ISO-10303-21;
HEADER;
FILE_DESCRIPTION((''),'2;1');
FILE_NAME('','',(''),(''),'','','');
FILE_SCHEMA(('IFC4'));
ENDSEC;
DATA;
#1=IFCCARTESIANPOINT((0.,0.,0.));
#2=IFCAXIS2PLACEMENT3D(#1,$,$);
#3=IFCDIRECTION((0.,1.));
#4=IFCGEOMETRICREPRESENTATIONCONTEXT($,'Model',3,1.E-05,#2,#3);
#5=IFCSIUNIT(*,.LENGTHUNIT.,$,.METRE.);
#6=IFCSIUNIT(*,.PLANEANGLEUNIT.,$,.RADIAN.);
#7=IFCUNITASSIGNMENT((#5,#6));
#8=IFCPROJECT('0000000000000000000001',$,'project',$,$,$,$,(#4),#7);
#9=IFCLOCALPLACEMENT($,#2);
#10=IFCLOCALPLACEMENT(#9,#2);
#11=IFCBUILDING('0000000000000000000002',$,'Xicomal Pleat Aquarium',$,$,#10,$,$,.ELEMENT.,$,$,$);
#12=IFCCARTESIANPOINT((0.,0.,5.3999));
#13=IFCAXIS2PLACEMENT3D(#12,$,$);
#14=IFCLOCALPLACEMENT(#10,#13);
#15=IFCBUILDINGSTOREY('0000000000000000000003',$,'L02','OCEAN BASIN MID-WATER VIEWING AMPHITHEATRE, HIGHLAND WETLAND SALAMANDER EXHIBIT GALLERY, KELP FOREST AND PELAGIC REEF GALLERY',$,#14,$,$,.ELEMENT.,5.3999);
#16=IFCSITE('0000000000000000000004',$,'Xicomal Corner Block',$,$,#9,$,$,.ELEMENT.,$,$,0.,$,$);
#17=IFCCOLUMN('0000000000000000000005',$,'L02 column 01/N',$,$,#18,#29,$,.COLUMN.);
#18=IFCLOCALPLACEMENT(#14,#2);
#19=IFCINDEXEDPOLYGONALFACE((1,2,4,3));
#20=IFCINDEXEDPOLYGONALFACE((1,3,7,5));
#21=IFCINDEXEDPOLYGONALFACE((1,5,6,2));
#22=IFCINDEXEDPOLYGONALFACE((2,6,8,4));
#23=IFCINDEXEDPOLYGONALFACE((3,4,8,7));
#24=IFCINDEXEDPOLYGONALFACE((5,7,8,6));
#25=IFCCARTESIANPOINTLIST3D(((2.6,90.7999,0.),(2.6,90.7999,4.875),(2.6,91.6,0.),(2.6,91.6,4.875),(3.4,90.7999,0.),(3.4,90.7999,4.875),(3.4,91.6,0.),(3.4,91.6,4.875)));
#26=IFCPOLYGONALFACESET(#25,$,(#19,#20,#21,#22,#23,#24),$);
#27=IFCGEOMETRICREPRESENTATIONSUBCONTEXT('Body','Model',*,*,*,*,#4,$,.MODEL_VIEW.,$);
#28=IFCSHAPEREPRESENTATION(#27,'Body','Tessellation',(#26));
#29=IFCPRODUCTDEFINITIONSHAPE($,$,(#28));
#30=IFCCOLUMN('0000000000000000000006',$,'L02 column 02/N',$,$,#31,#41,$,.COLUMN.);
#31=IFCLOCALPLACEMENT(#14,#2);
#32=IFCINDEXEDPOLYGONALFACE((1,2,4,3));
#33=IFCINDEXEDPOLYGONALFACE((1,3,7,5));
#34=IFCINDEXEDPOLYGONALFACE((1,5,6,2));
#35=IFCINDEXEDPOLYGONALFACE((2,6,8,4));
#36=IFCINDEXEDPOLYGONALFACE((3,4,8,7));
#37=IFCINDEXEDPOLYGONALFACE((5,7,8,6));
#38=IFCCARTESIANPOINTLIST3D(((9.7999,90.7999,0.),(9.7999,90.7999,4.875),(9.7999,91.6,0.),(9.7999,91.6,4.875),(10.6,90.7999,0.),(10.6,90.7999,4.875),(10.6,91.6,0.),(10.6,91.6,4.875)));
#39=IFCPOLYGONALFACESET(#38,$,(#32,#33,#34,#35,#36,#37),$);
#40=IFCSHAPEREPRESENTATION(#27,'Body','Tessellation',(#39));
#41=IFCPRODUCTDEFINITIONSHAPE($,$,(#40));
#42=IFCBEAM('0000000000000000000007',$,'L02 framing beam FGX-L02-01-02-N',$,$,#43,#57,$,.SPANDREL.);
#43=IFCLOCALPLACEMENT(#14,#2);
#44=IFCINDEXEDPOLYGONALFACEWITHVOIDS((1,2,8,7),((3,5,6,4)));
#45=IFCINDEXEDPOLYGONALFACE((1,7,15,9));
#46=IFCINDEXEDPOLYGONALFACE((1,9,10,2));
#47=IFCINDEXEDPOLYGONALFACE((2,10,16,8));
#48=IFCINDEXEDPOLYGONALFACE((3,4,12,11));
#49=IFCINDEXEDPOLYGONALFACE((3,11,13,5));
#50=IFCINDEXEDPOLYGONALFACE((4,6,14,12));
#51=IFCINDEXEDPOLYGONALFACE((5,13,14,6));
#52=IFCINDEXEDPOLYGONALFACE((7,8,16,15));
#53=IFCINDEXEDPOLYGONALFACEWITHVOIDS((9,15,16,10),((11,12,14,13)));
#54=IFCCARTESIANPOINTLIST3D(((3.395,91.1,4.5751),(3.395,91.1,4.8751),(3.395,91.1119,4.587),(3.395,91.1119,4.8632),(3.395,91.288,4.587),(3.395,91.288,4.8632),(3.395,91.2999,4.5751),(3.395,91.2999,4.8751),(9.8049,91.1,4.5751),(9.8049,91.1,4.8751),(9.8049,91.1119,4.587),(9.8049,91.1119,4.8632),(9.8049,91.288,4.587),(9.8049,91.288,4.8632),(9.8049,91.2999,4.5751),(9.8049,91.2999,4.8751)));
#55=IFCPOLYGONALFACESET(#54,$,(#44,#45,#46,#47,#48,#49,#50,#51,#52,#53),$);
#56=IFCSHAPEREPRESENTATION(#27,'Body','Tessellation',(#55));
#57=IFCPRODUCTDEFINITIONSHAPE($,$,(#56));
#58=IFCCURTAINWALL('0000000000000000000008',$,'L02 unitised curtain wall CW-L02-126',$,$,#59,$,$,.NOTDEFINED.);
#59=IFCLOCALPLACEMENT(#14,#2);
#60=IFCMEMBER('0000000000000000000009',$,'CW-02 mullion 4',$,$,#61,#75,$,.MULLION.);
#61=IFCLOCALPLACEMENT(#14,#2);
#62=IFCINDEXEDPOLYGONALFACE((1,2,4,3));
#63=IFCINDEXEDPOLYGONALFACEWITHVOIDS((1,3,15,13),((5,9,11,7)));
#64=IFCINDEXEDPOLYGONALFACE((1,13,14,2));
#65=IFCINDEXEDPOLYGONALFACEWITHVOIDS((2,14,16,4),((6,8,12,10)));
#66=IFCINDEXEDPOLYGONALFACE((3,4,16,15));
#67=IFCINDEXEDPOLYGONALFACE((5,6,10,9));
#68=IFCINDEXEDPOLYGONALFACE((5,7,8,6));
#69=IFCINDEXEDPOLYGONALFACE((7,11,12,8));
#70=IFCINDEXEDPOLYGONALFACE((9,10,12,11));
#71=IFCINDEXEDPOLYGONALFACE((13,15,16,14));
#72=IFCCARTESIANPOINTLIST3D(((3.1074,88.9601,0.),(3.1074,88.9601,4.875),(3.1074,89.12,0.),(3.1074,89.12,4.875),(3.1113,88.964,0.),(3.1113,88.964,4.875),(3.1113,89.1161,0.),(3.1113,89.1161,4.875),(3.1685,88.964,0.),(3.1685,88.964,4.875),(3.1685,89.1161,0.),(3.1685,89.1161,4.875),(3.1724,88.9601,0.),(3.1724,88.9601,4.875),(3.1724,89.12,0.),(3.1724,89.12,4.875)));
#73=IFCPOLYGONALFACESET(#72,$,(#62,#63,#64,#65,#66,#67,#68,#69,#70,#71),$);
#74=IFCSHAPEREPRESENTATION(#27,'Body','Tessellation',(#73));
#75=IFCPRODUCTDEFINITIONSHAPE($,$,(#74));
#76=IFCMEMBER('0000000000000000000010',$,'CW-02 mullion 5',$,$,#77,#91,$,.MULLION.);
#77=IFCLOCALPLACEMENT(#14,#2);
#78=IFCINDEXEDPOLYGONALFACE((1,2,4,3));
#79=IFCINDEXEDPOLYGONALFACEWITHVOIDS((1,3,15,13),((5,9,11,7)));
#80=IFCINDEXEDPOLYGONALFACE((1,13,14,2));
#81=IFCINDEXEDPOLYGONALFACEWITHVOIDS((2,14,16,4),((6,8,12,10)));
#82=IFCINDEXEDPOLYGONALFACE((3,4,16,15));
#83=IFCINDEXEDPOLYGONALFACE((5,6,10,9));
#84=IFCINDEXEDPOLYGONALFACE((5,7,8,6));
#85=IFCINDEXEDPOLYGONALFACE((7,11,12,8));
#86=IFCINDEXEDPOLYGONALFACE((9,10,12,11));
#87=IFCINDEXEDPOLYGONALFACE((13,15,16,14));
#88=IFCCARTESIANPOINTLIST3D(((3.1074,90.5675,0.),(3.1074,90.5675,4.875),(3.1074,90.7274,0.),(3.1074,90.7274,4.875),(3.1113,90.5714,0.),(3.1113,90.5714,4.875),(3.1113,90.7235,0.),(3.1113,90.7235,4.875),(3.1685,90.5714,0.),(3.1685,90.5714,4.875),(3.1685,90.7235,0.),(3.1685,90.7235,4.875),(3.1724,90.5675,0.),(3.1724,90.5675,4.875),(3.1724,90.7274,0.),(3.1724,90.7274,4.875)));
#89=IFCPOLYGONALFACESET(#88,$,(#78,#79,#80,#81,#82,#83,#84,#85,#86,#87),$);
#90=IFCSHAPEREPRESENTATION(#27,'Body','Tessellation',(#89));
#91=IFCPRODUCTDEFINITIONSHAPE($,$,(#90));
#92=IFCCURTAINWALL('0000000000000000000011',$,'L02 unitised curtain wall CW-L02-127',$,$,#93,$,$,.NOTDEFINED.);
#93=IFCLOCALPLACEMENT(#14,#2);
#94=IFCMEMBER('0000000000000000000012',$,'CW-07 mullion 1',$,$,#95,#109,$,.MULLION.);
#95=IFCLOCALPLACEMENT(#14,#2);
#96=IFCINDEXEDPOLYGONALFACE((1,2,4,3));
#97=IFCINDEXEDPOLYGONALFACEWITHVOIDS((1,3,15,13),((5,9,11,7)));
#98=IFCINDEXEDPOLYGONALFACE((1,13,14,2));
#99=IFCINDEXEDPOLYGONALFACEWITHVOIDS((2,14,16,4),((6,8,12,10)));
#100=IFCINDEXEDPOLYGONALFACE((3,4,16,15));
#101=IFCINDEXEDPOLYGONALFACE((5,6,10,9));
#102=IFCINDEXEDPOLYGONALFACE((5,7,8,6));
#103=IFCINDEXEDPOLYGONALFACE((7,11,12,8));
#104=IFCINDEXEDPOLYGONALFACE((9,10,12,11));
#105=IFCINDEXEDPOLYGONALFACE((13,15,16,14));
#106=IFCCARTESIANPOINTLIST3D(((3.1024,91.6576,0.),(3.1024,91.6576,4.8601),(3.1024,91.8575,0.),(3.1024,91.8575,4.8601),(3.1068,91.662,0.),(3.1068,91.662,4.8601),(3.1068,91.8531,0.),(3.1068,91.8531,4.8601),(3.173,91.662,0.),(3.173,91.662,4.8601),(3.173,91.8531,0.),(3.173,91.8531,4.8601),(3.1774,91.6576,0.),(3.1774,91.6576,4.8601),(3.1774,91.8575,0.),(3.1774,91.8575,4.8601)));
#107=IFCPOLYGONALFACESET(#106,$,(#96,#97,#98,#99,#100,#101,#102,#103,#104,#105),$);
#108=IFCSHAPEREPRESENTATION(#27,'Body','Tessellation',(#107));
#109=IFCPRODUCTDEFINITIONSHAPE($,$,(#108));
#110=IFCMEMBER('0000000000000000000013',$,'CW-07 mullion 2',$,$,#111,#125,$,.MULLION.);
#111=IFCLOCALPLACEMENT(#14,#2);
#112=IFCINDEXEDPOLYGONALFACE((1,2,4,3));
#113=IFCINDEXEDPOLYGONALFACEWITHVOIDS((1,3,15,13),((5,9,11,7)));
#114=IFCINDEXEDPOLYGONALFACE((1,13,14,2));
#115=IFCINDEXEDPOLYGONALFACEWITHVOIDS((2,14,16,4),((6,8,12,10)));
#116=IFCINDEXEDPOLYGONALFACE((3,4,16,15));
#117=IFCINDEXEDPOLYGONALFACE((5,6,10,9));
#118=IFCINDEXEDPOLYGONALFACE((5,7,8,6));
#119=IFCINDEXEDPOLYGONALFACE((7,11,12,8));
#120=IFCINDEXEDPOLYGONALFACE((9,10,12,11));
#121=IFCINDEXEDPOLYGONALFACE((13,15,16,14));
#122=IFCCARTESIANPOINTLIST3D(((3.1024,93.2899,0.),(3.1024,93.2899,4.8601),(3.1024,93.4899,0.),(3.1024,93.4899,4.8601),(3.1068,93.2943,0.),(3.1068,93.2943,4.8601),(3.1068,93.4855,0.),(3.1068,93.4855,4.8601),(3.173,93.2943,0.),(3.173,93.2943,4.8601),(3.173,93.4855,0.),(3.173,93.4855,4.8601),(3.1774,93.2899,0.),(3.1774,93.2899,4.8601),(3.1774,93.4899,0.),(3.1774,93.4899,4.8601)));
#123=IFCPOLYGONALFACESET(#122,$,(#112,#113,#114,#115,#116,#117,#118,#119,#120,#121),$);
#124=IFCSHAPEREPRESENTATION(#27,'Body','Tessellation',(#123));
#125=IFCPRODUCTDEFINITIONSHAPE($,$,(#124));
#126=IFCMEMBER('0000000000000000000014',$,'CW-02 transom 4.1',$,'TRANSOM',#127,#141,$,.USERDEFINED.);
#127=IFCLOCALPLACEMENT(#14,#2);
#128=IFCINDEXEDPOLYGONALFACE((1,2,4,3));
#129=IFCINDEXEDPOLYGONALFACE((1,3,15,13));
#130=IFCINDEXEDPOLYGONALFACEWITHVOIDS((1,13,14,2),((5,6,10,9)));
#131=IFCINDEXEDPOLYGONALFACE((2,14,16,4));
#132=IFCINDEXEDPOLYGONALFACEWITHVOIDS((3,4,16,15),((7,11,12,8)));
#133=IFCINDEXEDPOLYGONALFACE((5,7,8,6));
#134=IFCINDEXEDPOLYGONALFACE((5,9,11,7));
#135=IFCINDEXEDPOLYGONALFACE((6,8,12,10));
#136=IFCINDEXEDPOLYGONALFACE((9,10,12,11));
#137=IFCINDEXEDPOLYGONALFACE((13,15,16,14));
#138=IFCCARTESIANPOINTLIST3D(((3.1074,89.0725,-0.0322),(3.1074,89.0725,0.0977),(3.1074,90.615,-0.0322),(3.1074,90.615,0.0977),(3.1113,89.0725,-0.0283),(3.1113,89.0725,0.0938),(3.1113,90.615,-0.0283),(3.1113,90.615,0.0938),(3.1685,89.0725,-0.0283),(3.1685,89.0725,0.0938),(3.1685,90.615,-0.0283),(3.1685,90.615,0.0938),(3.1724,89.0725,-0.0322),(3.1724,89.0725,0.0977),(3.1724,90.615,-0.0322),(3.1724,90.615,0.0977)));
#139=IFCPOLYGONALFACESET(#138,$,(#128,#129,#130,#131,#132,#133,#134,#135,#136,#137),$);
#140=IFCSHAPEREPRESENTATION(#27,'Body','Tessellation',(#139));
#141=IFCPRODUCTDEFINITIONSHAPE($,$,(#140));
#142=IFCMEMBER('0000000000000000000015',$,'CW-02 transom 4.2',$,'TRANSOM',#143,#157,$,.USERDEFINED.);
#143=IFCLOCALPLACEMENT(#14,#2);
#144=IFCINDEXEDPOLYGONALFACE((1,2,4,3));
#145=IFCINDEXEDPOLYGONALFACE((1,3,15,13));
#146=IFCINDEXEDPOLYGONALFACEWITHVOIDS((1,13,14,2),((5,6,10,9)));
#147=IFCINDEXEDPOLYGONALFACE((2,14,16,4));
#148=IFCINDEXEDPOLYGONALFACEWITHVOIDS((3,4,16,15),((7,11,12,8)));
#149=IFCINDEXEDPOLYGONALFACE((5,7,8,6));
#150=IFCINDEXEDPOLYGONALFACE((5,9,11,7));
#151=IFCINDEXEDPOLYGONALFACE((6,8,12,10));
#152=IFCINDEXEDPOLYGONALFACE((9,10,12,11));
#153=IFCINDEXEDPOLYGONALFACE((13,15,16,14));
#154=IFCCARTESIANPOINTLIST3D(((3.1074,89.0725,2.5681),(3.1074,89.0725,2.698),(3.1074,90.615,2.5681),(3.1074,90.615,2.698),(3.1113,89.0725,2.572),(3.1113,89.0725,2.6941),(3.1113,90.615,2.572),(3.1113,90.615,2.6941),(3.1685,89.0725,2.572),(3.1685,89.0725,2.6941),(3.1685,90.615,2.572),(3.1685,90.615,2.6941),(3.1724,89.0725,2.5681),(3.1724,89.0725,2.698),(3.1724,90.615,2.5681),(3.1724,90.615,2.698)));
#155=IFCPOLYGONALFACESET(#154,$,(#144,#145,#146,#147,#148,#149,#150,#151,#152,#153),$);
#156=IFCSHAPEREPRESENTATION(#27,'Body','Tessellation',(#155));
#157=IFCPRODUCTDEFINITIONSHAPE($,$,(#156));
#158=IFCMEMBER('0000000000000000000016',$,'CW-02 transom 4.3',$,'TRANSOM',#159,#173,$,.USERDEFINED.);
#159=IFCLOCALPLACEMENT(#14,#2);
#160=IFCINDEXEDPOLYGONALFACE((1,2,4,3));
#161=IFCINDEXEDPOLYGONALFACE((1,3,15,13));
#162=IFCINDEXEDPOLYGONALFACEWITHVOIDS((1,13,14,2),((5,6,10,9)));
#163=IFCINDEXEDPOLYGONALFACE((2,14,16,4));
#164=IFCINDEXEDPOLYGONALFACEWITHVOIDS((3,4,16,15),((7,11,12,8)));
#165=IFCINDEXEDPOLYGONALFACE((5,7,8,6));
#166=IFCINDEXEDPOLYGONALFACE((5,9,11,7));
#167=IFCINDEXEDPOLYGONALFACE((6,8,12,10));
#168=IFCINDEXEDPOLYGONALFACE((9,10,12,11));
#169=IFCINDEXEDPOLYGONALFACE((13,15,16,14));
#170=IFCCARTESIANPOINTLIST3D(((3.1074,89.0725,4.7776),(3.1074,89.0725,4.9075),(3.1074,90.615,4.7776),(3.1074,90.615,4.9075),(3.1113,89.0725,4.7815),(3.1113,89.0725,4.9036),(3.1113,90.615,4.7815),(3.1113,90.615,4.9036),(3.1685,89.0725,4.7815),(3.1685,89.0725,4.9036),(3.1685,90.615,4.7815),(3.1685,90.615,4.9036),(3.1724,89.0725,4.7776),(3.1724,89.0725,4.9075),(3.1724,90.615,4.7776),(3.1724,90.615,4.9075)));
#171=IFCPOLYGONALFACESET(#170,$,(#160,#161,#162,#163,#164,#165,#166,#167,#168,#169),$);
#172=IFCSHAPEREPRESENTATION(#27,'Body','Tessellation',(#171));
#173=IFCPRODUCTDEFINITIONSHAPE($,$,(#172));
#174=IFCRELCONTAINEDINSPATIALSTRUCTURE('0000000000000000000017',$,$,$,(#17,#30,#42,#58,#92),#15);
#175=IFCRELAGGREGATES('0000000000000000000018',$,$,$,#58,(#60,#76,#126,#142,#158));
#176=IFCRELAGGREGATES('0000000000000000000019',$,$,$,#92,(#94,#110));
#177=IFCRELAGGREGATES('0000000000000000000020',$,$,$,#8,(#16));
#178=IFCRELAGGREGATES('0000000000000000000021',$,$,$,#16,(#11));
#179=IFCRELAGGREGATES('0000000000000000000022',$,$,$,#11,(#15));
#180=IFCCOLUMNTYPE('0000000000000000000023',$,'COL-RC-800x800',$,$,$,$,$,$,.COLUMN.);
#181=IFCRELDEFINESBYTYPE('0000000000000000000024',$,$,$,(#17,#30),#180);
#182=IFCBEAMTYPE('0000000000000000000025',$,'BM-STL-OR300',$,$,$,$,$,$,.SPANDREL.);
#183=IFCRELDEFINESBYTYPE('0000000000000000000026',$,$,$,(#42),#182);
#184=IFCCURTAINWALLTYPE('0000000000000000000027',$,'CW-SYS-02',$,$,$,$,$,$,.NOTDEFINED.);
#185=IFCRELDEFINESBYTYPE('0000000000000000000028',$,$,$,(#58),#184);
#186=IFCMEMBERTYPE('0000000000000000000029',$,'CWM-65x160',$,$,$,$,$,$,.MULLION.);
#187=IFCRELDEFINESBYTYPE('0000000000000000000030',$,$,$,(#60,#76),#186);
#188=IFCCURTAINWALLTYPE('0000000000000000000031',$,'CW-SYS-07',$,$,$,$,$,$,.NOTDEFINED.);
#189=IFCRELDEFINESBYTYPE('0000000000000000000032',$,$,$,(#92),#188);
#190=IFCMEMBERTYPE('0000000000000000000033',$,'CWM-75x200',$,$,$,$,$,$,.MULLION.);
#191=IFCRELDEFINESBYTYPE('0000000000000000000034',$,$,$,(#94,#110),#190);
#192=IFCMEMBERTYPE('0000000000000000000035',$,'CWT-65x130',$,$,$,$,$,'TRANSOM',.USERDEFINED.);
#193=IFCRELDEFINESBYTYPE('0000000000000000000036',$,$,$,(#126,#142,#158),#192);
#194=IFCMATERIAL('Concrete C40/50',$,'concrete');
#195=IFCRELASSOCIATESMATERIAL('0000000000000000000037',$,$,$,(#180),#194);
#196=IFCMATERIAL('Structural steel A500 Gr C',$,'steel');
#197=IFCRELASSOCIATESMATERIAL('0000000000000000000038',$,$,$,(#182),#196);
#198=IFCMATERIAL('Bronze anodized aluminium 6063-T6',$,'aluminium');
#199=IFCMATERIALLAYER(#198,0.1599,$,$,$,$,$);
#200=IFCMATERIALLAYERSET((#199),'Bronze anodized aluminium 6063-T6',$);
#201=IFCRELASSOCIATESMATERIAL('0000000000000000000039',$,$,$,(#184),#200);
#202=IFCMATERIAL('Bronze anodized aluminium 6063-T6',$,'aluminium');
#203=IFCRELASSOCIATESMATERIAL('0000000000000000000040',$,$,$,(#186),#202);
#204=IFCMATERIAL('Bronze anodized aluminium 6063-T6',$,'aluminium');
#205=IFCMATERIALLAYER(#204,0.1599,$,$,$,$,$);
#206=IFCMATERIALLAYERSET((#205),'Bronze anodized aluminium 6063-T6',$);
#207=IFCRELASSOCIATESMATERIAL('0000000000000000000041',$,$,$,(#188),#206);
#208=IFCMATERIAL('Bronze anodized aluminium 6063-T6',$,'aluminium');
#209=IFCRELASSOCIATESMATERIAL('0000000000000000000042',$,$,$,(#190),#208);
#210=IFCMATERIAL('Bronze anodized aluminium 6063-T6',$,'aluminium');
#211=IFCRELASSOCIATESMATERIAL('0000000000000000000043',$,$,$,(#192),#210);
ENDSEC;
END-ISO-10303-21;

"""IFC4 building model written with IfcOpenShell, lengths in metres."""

from ifc_helpers import new_model, si_unit, direction, frame, origin, origin_2d, place, context, subcontext, project, spatial, rectangle, hollow_rectangle, extrude, material, layer, layer_set, material_profile, profile_set, type_object, element, aggregate, save


model = new_model("IFC4")

# Units and contexts
model_context = context("Model", 3, precision=1e-05, world=origin(), true_north=direction((0.0, 1.0)))
body_context = subcontext(model_context, "Body", "Model", "MODEL_VIEW")
ifc_project = project(units=[si_unit("LENGTHUNIT", "METRE"), si_unit("PLANEANGLEUNIT", "RADIAN")], contexts=[model_context])

# Site, building, storey
site_placement = place(None, origin())
site = spatial("IfcSite", under=ifc_project, at=site_placement, Name="Xicomal Corner Block", CompositionType="ELEMENT", RefElevation=0.0)
building_placement = place(site_placement, origin())
building = spatial("IfcBuilding", under=site, at=building_placement, Name="Xicomal Pleat Aquarium", CompositionType="ELEMENT")
storey_placement = place(building_placement, frame((0.0, 0.0, 5.3999)))
storey = spatial("IfcBuildingStorey", under=building, at=storey_placement, Name="L02", Description="OCEAN BASIN MID-WATER VIEWING AMPHITHEATRE, HIGHLAND WETLAND SALAMANDER EXHIBIT GALLERY, KELP FOREST AND PELAGIC REEF GALLERY", CompositionType="ELEMENT", Elevation=5.3999)

# Columns
ifc_material_1 = material(Name="Concrete C40/50", Category="concrete")
ifc_material_profile_1 = material_profile(ifc_material_1, rectangle(XDim=0.8, YDim=0.8, at=origin_2d()), Name="RC 800x800")
ifc_profile_set_1 = profile_set([ifc_material_profile_1], Name="Concrete C40/50")
column_type = type_object("IfcColumnType", Name="COL-RC-800x800", PredefinedType="COLUMN", material=ifc_profile_set_1)
for number, where, z_axis, x_axis, name in (
    (1, (3.0, 91.2, 0.0), (0.0, 0.0, 1.0), (1.0, 0.0, 0.0), "L02 column 01/N"),
    (2, (10.2, 91.2, 0.0), (0.0, 0.0, 1.0), (1.0, 0.0, 0.0), "L02 column 02/N"),
):
    element("IfcColumn", number, at=place(storey_placement, frame(where, z_axis=z_axis, x_axis=x_axis)), inside=storey, type_object=column_type, Name=name, PredefinedType="COLUMN", context=body_context, shape_type="SweptSolid", body=[
        extrude(rectangle(XDim=0.8, YDim=0.8, at=origin_2d()), origin(), (0.0, 0.0, 1.0), 4.875),
    ])

# Beam
ifc_material_2 = material(Name="Structural steel A500 Gr C", Category="steel")
ifc_material_profile_2 = material_profile(ifc_material_2, hollow_rectangle(XDim=0.2, YDim=0.3, WallThickness=0.012, at=origin_2d()), Name="OR 300x200x12")
ifc_profile_set_2 = profile_set([ifc_material_profile_2], Name="Structural steel A500 Gr C")
beam_type = type_object("IfcBeamType", Name="BM-STL-OR300", PredefinedType="SPANDREL", material=ifc_profile_set_2)
beam_placement = place(storey_placement, frame((3.395, 91.2, 4.7251), z_axis=(1.0, 0.0, 0.0), x_axis=(0.0, 1.0, 0.0)))
element("IfcBeam", 3, at=beam_placement, inside=storey, type_object=beam_type, Name="L02 framing beam FGX-L02-01-02-N", PredefinedType="SPANDREL", context=body_context, shape_type="SweptSolid", body=[
    extrude(hollow_rectangle(XDim=0.2, YDim=0.3, WallThickness=0.012, at=origin_2d()), origin(), (0.0, 0.0, 1.0), 6.4099),
])

# Curtain walls, members
ifc_material_3 = material(Name="Bronze anodized aluminium 6063-T6", Category="aluminium")
ifc_layer_1 = layer(ifc_material_3, 0.1599)
ifc_layer_set_1 = layer_set([ifc_layer_1], Name="Bronze anodized aluminium 6063-T6")
curtain_wall_type_1 = type_object("IfcCurtainWallType", Name="CW-SYS-02", PredefinedType="NOTDEFINED", material=ifc_layer_set_1)
curtain_wall_1_placement = place(storey_placement, origin())
curtain_wall_1 = element("IfcCurtainWall", 4, at=curtain_wall_1_placement, inside=storey, type_object=curtain_wall_type_1, Name="L02 unitised curtain wall CW-L02-126", PredefinedType="NOTDEFINED")
ifc_material_4 = material(Name="Bronze anodized aluminium 6063-T6", Category="aluminium")
ifc_material_profile_3 = material_profile(ifc_material_4, hollow_rectangle(XDim=0.0649, YDim=0.1599, WallThickness=0.0039, at=origin_2d()), Name="ALU MULL 65x160")
ifc_profile_set_3 = profile_set([ifc_material_profile_3], Name="Bronze anodized aluminium 6063-T6")
member_type_1 = type_object("IfcMemberType", Name="CWM-65x160", PredefinedType="MULLION", material=ifc_profile_set_3)
member_1_placement = place(storey_placement, frame((3.1399, 89.04, 0.0), z_axis=(0.0, 0.0, 1.0), x_axis=(-1.0, 0.0, 0.0)))
member_1 = element("IfcMember", 5, at=member_1_placement, type_object=member_type_1, Name="CW-02 mullion 4", PredefinedType="MULLION", context=body_context, shape_type="SweptSolid", body=[
    extrude(hollow_rectangle(XDim=0.0649, YDim=0.1599, WallThickness=0.0039, at=origin_2d()), origin(), (0.0, 0.0, 1.0), 4.875),
])
member_2_placement = place(storey_placement, frame((3.1399, 90.6475, 0.0), z_axis=(0.0, 0.0, 1.0), x_axis=(-1.0, 0.0, 0.0)))
member_2 = element("IfcMember", 6, at=member_2_placement, type_object=member_type_1, Name="CW-02 mullion 5", PredefinedType="MULLION", context=body_context, shape_type="SweptSolid", body=[
    extrude(hollow_rectangle(XDim=0.0649, YDim=0.1599, WallThickness=0.0039, at=origin_2d()), origin(), (0.0, 0.0, 1.0), 4.875),
])
ifc_material_5 = material(Name="Bronze anodized aluminium 6063-T6", Category="aluminium")
ifc_layer_2 = layer(ifc_material_5, 0.1599)
ifc_layer_set_2 = layer_set([ifc_layer_2], Name="Bronze anodized aluminium 6063-T6")
curtain_wall_type_2 = type_object("IfcCurtainWallType", Name="CW-SYS-07", PredefinedType="NOTDEFINED", material=ifc_layer_set_2)
curtain_wall_2_placement = place(storey_placement, origin())
curtain_wall_2 = element("IfcCurtainWall", 7, at=curtain_wall_2_placement, inside=storey, type_object=curtain_wall_type_2, Name="L02 unitised curtain wall CW-L02-127", PredefinedType="NOTDEFINED")
ifc_material_6 = material(Name="Bronze anodized aluminium 6063-T6", Category="aluminium")
ifc_material_profile_4 = material_profile(ifc_material_6, hollow_rectangle(XDim=0.075, YDim=0.2, WallThickness=0.0044, at=origin_2d()), Name="ALU MULL 75x200")
ifc_profile_set_4 = profile_set([ifc_material_profile_4], Name="Bronze anodized aluminium 6063-T6")
member_type_2 = type_object("IfcMemberType", Name="CWM-75x200", PredefinedType="MULLION", material=ifc_profile_set_4)
member_3_placement = place(storey_placement, frame((3.1399, 91.7576, 0.0), z_axis=(0.0, 0.0, 1.0), x_axis=(-1.0, 0.0, 0.0)))
member_3 = element("IfcMember", 8, at=member_3_placement, type_object=member_type_2, Name="CW-07 mullion 1", PredefinedType="MULLION", context=body_context, shape_type="SweptSolid", body=[
    extrude(hollow_rectangle(XDim=0.075, YDim=0.2, WallThickness=0.0044, at=origin_2d()), origin(), (0.0, 0.0, 1.0), 4.8601),
])
member_4_placement = place(storey_placement, frame((3.1399, 93.3899, 0.0), z_axis=(0.0, 0.0, 1.0), x_axis=(-1.0, 0.0, 0.0)))
member_4 = element("IfcMember", 9, at=member_4_placement, type_object=member_type_2, Name="CW-07 mullion 2", PredefinedType="MULLION", context=body_context, shape_type="SweptSolid", body=[
    extrude(hollow_rectangle(XDim=0.075, YDim=0.2, WallThickness=0.0044, at=origin_2d()), origin(), (0.0, 0.0, 1.0), 4.8601),
])

# Members
ifc_material_7 = material(Name="Bronze anodized aluminium 6063-T6", Category="aluminium")
ifc_material_profile_5 = material_profile(ifc_material_7, hollow_rectangle(XDim=0.0649, YDim=0.1299, WallThickness=0.0039, at=origin_2d()), Name="ALU TRAN 65x130")
ifc_profile_set_5 = profile_set([ifc_material_profile_5], Name="Bronze anodized aluminium 6063-T6")
member_type_3 = type_object("IfcMemberType", Name="CWT-65x130", ElementType="TRANSOM", PredefinedType="USERDEFINED", material=ifc_profile_set_5)
member_5_placement = place(storey_placement, frame((3.1399, 89.0725, 0.0327), z_axis=(0.0, 1.0, 0.0), x_axis=(-1.0, 0.0, 0.0)))
member_5 = element("IfcMember", 10, at=member_5_placement, type_object=member_type_3, Name="CW-02 transom 4.1", ObjectType="TRANSOM", PredefinedType="USERDEFINED", context=body_context, shape_type="SweptSolid", body=[
    extrude(hollow_rectangle(XDim=0.0649, YDim=0.1299, WallThickness=0.0039, at=origin_2d()), origin(), (0.0, 0.0, 1.0), 1.5425),
])
member_6_placement = place(storey_placement, frame((3.1399, 89.0725, 2.6331), z_axis=(0.0, 1.0, 0.0), x_axis=(-1.0, 0.0, 0.0)))
member_6 = element("IfcMember", 11, at=member_6_placement, type_object=member_type_3, Name="CW-02 transom 4.2", ObjectType="TRANSOM", PredefinedType="USERDEFINED", context=body_context, shape_type="SweptSolid", body=[
    extrude(hollow_rectangle(XDim=0.0649, YDim=0.1299, WallThickness=0.0039, at=origin_2d()), origin(), (0.0, 0.0, 1.0), 1.5425),
])
member_7_placement = place(storey_placement, frame((3.1399, 89.0725, 4.8425), z_axis=(0.0, 1.0, 0.0), x_axis=(-1.0, 0.0, 0.0)))
member_7 = element("IfcMember", 12, at=member_7_placement, type_object=member_type_3, Name="CW-02 transom 4.3", ObjectType="TRANSOM", PredefinedType="USERDEFINED", context=body_context, shape_type="SweptSolid", body=[
    extrude(hollow_rectangle(XDim=0.0649, YDim=0.1299, WallThickness=0.0039, at=origin_2d()), origin(), (0.0, 0.0, 1.0), 1.5425),
])

aggregate(curtain_wall_1, [member_1, member_2, member_5, member_6, member_7])
aggregate(curtain_wall_2, [member_3, member_4])

save(model, "model.ifc")
